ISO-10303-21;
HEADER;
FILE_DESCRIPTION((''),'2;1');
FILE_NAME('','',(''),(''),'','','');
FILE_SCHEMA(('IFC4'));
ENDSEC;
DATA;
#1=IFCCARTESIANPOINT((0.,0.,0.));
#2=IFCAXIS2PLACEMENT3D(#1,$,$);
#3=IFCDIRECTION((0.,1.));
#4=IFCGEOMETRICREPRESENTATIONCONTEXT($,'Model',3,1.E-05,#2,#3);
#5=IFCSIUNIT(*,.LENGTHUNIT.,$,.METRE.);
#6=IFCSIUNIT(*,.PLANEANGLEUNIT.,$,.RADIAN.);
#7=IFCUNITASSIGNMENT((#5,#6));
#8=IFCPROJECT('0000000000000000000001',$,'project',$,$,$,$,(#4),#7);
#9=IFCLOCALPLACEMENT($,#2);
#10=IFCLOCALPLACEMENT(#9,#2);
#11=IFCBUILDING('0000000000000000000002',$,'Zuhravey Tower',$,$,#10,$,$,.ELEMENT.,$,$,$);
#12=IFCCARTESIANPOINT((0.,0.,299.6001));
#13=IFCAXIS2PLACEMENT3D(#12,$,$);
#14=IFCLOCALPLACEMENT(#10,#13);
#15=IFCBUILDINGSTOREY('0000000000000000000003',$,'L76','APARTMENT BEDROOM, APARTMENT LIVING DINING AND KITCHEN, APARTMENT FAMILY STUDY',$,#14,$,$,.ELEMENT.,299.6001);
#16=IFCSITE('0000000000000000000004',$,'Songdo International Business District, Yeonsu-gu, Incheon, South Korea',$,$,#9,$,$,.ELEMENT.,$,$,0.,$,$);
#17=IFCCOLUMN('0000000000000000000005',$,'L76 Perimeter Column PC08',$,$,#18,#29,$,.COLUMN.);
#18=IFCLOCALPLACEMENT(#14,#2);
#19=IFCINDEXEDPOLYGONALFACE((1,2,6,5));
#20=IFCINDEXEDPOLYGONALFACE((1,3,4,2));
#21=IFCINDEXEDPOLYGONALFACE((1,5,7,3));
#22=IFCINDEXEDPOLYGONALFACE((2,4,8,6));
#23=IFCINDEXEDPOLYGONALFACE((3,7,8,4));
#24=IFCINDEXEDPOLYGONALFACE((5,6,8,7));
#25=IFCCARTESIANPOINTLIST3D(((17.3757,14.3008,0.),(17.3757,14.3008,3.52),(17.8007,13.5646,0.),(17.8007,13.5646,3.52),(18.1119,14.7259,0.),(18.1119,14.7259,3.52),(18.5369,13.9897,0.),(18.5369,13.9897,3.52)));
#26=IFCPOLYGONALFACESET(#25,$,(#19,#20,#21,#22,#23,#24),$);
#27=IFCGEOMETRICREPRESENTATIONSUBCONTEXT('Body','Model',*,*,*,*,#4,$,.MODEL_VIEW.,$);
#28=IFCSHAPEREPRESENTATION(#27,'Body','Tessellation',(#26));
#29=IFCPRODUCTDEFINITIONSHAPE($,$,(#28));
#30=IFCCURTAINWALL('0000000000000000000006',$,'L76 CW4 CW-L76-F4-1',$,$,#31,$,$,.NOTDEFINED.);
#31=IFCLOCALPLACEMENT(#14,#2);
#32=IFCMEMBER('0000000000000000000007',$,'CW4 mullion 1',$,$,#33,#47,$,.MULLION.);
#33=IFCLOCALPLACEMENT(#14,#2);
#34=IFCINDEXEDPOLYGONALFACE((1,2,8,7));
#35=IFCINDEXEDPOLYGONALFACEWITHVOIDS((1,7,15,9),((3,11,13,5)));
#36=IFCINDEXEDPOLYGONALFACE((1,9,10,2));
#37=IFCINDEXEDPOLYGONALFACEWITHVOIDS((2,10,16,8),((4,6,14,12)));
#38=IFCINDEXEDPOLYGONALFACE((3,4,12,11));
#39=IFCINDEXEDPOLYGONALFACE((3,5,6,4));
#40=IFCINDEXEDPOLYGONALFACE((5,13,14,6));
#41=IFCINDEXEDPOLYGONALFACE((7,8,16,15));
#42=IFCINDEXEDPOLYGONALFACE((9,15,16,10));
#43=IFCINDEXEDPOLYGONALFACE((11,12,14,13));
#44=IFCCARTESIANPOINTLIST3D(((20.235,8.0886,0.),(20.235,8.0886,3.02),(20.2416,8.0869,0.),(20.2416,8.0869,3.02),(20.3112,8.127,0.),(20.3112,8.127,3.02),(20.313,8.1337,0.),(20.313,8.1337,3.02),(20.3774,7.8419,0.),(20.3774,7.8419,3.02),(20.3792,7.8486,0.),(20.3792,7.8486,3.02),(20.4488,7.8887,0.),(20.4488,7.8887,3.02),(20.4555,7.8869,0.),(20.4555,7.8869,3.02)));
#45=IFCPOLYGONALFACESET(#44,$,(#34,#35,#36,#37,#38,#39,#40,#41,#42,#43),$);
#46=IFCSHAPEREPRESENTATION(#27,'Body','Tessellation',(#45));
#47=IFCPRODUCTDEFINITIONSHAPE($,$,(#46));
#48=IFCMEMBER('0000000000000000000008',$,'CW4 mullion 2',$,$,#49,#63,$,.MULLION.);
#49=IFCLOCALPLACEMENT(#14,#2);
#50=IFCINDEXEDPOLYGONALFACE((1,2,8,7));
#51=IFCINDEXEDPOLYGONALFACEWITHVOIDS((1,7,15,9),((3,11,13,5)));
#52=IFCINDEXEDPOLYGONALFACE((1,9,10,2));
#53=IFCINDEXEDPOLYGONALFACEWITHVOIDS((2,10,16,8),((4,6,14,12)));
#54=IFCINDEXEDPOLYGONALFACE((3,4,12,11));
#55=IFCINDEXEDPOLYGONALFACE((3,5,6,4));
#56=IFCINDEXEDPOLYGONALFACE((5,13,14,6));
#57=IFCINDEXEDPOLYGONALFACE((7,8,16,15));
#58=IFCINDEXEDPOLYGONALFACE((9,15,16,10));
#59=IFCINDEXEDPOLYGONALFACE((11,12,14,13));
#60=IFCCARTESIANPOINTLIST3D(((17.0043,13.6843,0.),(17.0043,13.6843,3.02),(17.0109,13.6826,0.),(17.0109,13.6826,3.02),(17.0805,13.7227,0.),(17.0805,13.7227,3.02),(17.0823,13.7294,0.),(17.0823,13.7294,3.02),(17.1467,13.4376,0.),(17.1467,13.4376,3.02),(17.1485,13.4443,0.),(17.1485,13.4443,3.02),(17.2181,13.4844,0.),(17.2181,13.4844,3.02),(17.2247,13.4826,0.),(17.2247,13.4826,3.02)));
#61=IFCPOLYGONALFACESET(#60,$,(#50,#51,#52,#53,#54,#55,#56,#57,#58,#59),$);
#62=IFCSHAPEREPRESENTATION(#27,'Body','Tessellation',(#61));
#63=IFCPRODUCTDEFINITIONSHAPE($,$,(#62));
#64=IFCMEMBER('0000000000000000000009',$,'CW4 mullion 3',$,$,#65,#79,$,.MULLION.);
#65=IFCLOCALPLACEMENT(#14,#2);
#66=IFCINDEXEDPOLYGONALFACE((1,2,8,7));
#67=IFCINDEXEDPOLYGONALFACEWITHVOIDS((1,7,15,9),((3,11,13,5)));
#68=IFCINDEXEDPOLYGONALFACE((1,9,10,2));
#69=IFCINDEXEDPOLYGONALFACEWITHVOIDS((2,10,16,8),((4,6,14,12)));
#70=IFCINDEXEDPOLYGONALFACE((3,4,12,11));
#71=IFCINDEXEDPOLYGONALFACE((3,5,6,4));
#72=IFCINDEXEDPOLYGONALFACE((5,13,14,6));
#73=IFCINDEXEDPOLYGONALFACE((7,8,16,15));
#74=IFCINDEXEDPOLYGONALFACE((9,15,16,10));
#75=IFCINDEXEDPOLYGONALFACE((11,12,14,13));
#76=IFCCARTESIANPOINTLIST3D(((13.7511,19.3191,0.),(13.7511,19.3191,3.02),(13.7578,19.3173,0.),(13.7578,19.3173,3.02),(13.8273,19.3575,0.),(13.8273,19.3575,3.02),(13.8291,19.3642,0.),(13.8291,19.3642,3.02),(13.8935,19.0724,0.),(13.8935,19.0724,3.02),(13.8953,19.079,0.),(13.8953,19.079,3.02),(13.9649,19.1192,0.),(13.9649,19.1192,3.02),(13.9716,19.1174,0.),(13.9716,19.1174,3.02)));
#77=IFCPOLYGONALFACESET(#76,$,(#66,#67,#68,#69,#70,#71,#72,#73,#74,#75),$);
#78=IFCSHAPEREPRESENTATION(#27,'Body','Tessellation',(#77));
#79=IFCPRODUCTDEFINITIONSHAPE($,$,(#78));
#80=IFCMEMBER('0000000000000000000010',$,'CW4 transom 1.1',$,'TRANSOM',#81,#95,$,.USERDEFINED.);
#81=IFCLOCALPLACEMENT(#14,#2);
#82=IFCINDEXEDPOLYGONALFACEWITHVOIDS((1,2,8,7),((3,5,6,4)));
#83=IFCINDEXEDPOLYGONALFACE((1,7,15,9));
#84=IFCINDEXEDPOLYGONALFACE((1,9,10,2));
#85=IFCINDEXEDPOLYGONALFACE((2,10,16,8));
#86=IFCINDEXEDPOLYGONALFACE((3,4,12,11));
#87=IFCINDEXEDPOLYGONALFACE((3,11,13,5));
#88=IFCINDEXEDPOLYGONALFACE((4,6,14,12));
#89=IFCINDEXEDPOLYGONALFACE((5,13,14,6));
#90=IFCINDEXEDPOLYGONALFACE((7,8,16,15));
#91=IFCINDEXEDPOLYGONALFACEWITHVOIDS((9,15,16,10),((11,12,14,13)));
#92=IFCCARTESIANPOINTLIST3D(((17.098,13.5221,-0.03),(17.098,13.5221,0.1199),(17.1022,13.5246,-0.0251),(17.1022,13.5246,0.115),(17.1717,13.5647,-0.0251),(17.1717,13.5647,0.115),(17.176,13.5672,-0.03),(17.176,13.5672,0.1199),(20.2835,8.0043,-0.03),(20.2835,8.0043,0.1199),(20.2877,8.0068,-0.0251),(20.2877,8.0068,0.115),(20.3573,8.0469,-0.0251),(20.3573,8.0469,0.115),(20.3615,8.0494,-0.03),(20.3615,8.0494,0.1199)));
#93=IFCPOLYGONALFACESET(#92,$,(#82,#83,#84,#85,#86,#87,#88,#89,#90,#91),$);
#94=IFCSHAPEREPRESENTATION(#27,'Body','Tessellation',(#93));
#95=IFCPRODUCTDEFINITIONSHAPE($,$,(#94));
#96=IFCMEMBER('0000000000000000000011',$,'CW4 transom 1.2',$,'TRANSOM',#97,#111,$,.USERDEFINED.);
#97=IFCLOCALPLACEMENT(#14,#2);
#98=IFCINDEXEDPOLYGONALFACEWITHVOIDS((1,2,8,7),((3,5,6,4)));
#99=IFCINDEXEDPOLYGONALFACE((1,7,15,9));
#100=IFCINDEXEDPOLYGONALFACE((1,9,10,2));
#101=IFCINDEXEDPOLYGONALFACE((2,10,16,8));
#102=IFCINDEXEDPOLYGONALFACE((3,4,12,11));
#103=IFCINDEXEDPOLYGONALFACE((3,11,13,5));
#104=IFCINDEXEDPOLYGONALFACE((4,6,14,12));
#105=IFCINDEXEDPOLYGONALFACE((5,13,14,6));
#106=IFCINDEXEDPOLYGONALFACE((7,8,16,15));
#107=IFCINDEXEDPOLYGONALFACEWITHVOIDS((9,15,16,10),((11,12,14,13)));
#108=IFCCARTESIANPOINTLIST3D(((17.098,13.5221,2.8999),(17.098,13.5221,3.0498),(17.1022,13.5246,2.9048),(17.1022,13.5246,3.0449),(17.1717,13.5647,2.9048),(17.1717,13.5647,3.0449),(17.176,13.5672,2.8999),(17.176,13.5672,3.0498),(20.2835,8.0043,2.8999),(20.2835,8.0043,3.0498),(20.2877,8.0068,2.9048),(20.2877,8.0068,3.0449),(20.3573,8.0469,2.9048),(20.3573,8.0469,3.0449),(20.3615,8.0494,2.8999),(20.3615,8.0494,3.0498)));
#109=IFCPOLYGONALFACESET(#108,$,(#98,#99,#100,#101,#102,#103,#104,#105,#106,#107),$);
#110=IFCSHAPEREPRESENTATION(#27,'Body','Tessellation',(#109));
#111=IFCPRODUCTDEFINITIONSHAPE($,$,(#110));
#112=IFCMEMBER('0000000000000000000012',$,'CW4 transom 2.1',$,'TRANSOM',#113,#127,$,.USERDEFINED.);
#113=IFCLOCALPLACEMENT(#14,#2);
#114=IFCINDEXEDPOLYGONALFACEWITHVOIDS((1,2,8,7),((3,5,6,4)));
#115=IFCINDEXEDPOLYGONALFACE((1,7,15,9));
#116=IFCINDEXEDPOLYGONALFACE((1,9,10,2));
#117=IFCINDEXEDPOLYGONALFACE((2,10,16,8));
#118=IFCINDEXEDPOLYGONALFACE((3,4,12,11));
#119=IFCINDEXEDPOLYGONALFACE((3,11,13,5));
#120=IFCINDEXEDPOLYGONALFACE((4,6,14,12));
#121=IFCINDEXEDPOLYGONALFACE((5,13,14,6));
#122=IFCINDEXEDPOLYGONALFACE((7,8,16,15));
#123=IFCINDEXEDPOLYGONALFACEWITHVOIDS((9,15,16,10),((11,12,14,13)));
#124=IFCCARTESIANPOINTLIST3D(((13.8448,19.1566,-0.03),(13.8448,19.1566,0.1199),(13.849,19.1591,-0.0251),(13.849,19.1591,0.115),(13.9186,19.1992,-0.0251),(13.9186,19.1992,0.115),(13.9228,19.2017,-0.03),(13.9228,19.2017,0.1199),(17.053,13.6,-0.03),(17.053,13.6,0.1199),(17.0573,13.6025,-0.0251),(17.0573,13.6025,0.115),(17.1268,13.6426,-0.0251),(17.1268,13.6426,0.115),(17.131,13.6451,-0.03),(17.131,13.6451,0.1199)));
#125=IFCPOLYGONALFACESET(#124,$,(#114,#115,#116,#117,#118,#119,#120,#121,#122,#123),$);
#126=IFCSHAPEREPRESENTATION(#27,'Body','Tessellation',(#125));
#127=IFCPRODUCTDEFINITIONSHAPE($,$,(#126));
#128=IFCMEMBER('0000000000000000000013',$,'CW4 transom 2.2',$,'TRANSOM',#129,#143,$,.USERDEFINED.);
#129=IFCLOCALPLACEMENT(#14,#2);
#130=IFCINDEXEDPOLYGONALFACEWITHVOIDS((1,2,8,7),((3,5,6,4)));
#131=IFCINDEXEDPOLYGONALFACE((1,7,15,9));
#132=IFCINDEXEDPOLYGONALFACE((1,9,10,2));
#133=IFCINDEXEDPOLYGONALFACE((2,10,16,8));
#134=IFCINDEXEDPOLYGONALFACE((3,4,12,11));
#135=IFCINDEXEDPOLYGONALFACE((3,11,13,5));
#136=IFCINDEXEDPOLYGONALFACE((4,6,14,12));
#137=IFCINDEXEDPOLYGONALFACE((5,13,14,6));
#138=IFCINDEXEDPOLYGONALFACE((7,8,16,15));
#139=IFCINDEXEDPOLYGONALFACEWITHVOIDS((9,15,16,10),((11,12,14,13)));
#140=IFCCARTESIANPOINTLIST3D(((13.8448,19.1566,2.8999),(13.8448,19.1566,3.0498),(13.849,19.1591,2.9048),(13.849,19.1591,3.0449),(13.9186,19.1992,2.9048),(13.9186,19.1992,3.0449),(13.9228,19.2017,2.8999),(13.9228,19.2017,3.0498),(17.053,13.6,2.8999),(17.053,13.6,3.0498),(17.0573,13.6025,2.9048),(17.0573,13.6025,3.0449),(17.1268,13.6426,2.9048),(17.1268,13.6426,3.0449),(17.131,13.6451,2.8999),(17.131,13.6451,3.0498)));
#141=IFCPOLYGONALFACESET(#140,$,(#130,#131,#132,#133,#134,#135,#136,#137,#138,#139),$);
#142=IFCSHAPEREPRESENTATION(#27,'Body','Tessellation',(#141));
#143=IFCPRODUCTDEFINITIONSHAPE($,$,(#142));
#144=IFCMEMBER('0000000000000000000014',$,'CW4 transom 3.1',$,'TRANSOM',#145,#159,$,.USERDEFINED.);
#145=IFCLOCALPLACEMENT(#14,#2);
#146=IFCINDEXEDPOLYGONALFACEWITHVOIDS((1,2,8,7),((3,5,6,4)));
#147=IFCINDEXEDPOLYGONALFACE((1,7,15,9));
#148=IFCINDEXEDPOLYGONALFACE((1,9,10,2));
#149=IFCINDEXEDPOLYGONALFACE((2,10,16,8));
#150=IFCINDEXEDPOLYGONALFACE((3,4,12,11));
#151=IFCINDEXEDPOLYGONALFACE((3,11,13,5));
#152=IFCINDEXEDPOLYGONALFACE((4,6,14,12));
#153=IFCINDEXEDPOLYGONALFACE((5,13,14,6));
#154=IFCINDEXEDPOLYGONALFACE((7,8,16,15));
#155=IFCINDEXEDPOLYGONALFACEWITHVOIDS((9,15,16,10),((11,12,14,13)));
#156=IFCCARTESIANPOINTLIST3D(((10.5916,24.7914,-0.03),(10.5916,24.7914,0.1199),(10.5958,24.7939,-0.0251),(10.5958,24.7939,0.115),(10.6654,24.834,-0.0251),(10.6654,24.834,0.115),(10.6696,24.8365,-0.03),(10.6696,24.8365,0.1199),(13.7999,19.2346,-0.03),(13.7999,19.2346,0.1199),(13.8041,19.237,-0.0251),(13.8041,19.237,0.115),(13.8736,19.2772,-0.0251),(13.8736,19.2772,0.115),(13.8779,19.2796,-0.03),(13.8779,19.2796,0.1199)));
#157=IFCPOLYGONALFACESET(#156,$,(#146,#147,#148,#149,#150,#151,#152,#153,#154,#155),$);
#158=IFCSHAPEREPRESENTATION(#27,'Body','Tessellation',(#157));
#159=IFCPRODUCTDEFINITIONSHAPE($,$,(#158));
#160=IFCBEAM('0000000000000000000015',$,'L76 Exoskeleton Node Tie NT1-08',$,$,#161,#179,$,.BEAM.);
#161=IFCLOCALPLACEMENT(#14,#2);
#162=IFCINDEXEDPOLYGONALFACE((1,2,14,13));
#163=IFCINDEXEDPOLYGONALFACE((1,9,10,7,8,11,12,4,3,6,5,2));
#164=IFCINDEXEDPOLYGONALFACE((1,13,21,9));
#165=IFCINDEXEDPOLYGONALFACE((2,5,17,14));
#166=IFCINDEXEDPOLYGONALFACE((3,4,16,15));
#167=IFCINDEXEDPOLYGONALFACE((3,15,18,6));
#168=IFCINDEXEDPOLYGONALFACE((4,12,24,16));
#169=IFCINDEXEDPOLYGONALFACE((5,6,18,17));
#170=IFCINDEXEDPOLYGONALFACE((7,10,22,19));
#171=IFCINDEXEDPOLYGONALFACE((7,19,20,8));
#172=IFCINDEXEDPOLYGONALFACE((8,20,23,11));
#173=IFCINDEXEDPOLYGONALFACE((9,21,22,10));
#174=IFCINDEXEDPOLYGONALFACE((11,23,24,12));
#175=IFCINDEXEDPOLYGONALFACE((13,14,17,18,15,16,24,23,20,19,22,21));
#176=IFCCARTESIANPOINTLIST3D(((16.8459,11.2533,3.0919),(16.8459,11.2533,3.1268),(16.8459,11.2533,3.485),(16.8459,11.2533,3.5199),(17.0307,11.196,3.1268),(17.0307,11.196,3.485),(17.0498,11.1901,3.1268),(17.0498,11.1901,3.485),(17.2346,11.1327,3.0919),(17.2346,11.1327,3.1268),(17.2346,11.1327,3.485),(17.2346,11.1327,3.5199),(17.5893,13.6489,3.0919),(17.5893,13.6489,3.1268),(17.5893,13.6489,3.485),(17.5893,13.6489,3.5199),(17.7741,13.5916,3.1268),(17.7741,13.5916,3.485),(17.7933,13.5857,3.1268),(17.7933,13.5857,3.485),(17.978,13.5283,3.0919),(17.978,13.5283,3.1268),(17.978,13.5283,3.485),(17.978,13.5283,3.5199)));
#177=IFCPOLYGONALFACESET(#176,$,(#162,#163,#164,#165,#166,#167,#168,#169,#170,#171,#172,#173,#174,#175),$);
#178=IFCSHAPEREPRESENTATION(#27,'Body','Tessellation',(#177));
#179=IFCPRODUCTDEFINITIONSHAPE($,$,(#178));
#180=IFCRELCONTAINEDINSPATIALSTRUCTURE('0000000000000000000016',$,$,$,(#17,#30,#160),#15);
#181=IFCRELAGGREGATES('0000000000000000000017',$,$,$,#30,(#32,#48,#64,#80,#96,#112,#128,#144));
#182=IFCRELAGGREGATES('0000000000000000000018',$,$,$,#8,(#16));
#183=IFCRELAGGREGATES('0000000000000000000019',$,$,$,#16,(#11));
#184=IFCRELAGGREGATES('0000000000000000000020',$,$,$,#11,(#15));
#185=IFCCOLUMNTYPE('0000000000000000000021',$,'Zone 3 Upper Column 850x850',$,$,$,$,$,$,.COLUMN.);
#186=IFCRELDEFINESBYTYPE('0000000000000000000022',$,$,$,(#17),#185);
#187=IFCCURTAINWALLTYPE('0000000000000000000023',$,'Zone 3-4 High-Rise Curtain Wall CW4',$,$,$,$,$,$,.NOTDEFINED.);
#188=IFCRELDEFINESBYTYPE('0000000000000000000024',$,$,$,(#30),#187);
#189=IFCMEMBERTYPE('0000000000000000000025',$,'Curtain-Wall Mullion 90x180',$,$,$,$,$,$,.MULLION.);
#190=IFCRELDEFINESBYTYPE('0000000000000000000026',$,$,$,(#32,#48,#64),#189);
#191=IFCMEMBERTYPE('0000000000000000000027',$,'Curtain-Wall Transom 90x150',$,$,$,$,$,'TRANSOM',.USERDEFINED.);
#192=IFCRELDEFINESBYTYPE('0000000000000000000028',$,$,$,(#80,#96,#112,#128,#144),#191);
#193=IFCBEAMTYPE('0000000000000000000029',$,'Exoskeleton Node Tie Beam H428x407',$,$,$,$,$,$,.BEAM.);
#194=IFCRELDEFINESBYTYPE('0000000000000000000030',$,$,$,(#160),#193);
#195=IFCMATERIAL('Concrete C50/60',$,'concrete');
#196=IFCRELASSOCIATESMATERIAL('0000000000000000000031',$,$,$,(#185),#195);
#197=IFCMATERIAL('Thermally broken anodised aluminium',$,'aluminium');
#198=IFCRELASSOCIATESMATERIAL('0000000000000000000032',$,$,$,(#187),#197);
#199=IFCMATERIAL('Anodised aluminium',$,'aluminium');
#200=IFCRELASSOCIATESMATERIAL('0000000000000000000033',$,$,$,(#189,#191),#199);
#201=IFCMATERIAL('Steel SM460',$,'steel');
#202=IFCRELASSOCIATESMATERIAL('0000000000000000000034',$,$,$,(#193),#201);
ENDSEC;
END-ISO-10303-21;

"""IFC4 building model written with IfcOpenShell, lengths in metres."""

from ifc_helpers import new_model, si_unit, direction, frame, origin, origin_2d, place, context, subcontext, project, spatial, rectangle, hollow_rectangle, i_section, extrude, material, material_profile, profile_set, type_object, element, aggregate, save


model = new_model("IFC4")

# Units and contexts
model_context = context("Model", 3, precision=1e-05, world=origin(), true_north=direction((0.0, 1.0)))
body_context = subcontext(model_context, "Body", "Model", "MODEL_VIEW")
ifc_project = project(units=[si_unit("LENGTHUNIT", "METRE"), si_unit("PLANEANGLEUNIT", "RADIAN")], contexts=[model_context])

# Site, building, storey
site_placement = place(None, origin())
site = spatial("IfcSite", under=ifc_project, at=site_placement, Name="Songdo International Business District, Yeonsu-gu, Incheon, South Korea", CompositionType="ELEMENT", RefElevation=0.0)
building_placement = place(site_placement, origin())
building = spatial("IfcBuilding", under=site, at=building_placement, Name="Zuhravey Tower", CompositionType="ELEMENT")
storey_placement = place(building_placement, frame((0.0, 0.0, 299.6001)))
storey = spatial("IfcBuildingStorey", under=building, at=storey_placement, Name="L76", Description="APARTMENT BEDROOM, APARTMENT LIVING DINING AND KITCHEN, APARTMENT FAMILY STUDY", CompositionType="ELEMENT", Elevation=299.6001)

# Column
ifc_material_1 = material(Name="Concrete C50/60", Category="concrete")
ifc_material_profile_1 = material_profile(ifc_material_1, rectangle(XDim=0.8501, YDim=0.8501, at=origin_2d()), Name="RC-850x850")
ifc_profile_set_1 = profile_set([ifc_material_profile_1], Name="Concrete C50/60")
column_type = type_object("IfcColumnType", Name="Zone 3 Upper Column 850x850", PredefinedType="COLUMN", material=ifc_profile_set_1)
column_placement = place(storey_placement, frame((17.9563, 14.1453, 0.0), z_axis=(0.0, 0.0, 1.0), x_axis=(0.5, -0.866025, 0.0)))
element("IfcColumn", 1, at=column_placement, inside=storey, type_object=column_type, Name="L76 Perimeter Column PC08", PredefinedType="COLUMN", context=body_context, shape_type="SweptSolid", body=[
    extrude(rectangle(XDim=0.8501, YDim=0.8501, at=origin_2d()), origin(), (0.0, 0.0, 1.0), 3.52),
])

# Curtain wall, members
ifc_material_2 = material(Name="Thermally broken anodised aluminium", Category="aluminium")
curtain_wall_type = type_object("IfcCurtainWallType", Name="Zone 3-4 High-Rise Curtain Wall CW4", PredefinedType="NOTDEFINED", material=ifc_material_2)
curtain_wall_placement = place(storey_placement, origin())
curtain_wall = element("IfcCurtainWall", 2, at=curtain_wall_placement, inside=storey, type_object=curtain_wall_type, Name="L76 CW4 CW-L76-F4-1", PredefinedType="NOTDEFINED")
ifc_material_3 = material(Name="Anodised aluminium", Category="aluminium")
ifc_material_profile_2 = material_profile(ifc_material_3, hollow_rectangle(XDim=0.0901, YDim=0.2849, WallThickness=0.0049, at=origin_2d()), Name="ALU-RHS-90x285x5")
ifc_profile_set_2 = profile_set([ifc_material_profile_2], Name="Anodised aluminium")
member_type_1 = type_object("IfcMemberType", Name="Curtain-Wall Mullion 90x180", PredefinedType="MULLION", material=ifc_profile_set_2)
member_1_placement = place(storey_placement, frame((20.3452, 7.9878, 0.0), z_axis=(0.0, 0.0, 1.0), x_axis=(-0.866025, -0.500001, 0.0)))
member_1 = element("IfcMember", 3, at=member_1_placement, type_object=member_type_1, Name="CW4 mullion 1", PredefinedType="MULLION", context=body_context, shape_type="SweptSolid", body=[
    extrude(hollow_rectangle(XDim=0.0901, YDim=0.2849, WallThickness=0.0049, at=origin_2d()), origin(), (0.0, 0.0, 1.0), 3.02),
])
member_2_placement = place(storey_placement, frame((17.1145, 13.5835, 0.0), z_axis=(0.0, 0.0, 1.0), x_axis=(-0.866025, -0.500001, 0.0)))
member_2 = element("IfcMember", 4, at=member_2_placement, type_object=member_type_1, Name="CW4 mullion 2", PredefinedType="MULLION", context=body_context, shape_type="SweptSolid", body=[
    extrude(hollow_rectangle(XDim=0.0901, YDim=0.2849, WallThickness=0.0049, at=origin_2d()), origin(), (0.0, 0.0, 1.0), 3.02),
])
member_3_placement = place(storey_placement, frame((13.8613, 19.2183, 0.0), z_axis=(0.0, 0.0, 1.0), x_axis=(-0.866025, -0.500001, 0.0)))
member_3 = element("IfcMember", 5, at=member_3_placement, type_object=member_type_1, Name="CW4 mullion 3", PredefinedType="MULLION", context=body_context, shape_type="SweptSolid", body=[
    extrude(hollow_rectangle(XDim=0.0901, YDim=0.2849, WallThickness=0.0049, at=origin_2d()), origin(), (0.0, 0.0, 1.0), 3.02),
])
ifc_material_profile_3 = material_profile(ifc_material_3, hollow_rectangle(XDim=0.0901, YDim=0.1499, WallThickness=0.0049, at=origin_2d()), Name="ALU-RHS-90x150x5")
ifc_profile_set_3 = profile_set([ifc_material_profile_3], Name="Anodised aluminium")
member_type_2 = type_object("IfcMemberType", Name="Curtain-Wall Transom 90x150", ElementType="TRANSOM", PredefinedType="USERDEFINED", material=ifc_profile_set_3)
member_4_placement = place(storey_placement, frame((20.3225, 8.0269, 0.0449), z_axis=(-0.49998, 0.866037, 0.0), x_axis=(-0.866037, -0.49998, 0.0)))
member_4 = element("IfcMember", 6, at=member_4_placement, type_object=member_type_2, Name="CW4 transom 1.1", ObjectType="TRANSOM", PredefinedType="USERDEFINED", context=body_context, shape_type="SweptSolid", body=[
    extrude(hollow_rectangle(XDim=0.0901, YDim=0.1499, WallThickness=0.0049, at=origin_2d()), origin(), (0.0, 0.0, 1.0), 6.3713),
])
member_5_placement = place(storey_placement, frame((20.3225, 8.0269, 2.9749), z_axis=(-0.49998, 0.866037, 0.0), x_axis=(-0.866037, -0.49998, 0.0)))
member_5 = element("IfcMember", 7, at=member_5_placement, type_object=member_type_2, Name="CW4 transom 1.2", ObjectType="TRANSOM", PredefinedType="USERDEFINED", context=body_context, shape_type="SweptSolid", body=[
    extrude(hollow_rectangle(XDim=0.0901, YDim=0.1499, WallThickness=0.0049, at=origin_2d()), origin(), (0.0, 0.0, 1.0), 6.3713),
])
member_6_placement = place(storey_placement, frame((17.092, 13.6226, 0.0449), z_axis=(-0.500014, 0.866017, 0.0), x_axis=(-0.866017, -0.500014, 0.0)))
member_6 = element("IfcMember", 8, at=member_6_placement, type_object=member_type_2, Name="CW4 transom 2.1", ObjectType="TRANSOM", PredefinedType="USERDEFINED", context=body_context, shape_type="SweptSolid", body=[
    extrude(hollow_rectangle(XDim=0.0901, YDim=0.1499, WallThickness=0.0049, at=origin_2d()), origin(), (0.0, 0.0, 1.0), 6.4163),
])
member_7_placement = place(storey_placement, frame((17.092, 13.6226, 2.9749), z_axis=(-0.500014, 0.866017, 0.0), x_axis=(-0.866017, -0.500014, 0.0)))
member_7 = element("IfcMember", 9, at=member_7_placement, type_object=member_type_2, Name="CW4 transom 2.2", ObjectType="TRANSOM", PredefinedType="USERDEFINED", context=body_context, shape_type="SweptSolid", body=[
    extrude(hollow_rectangle(XDim=0.0901, YDim=0.1499, WallThickness=0.0049, at=origin_2d()), origin(), (0.0, 0.0, 1.0), 6.4163),
])
member_8_placement = place(storey_placement, frame((13.8389, 19.2571, 0.0449), z_axis=(-0.499998, 0.866027, 0.0), x_axis=(-0.866027, -0.499998, 0.0)))
member_8 = element("IfcMember", 10, at=member_8_placement, type_object=member_type_2, Name="CW4 transom 3.1", ObjectType="TRANSOM", PredefinedType="USERDEFINED", context=body_context, shape_type="SweptSolid", body=[
    extrude(hollow_rectangle(XDim=0.0901, YDim=0.1499, WallThickness=0.0049, at=origin_2d()), origin(), (0.0, 0.0, 1.0), 6.4165),
])

# Beam
ifc_material_4 = material(Name="Steel SM460", Category="steel")
ifc_material_profile_4 = material_profile(ifc_material_4, i_section(OverallWidth=0.407, OverallDepth=0.428, WebThickness=0.02, FlangeThickness=0.0349, at=origin_2d()), Name="H-428x407x20x35")
ifc_profile_set_4 = profile_set([ifc_material_profile_4], Name="Steel SM460")
beam_type_1 = type_object("IfcBeamType", Name="Exoskeleton Node Tie Beam H428x407", PredefinedType="BEAM", material=ifc_profile_set_4)
beam_1_placement = place(storey_placement, frame((17.7837, 13.5886, 3.3059), z_axis=(-0.29639, -0.955067, 0.0), x_axis=(0.955067, -0.29639, 0.0)))
element("IfcBeam", 11, at=beam_1_placement, inside=storey, type_object=beam_type_1, Name="L76 Exoskeleton Node Tie NT1-08", PredefinedType="BEAM", context=body_context, shape_type="SweptSolid", body=[
    extrude(i_section(OverallWidth=0.407, OverallDepth=0.428, WebThickness=0.02, FlangeThickness=0.0349, at=origin_2d()), origin(), (0.0, 0.0, 1.0), 2.5083),
])

aggregate(curtain_wall, [member_1, member_2, member_3, member_4, member_5, member_6, member_7, member_8])

save(model, "model.ifc")
